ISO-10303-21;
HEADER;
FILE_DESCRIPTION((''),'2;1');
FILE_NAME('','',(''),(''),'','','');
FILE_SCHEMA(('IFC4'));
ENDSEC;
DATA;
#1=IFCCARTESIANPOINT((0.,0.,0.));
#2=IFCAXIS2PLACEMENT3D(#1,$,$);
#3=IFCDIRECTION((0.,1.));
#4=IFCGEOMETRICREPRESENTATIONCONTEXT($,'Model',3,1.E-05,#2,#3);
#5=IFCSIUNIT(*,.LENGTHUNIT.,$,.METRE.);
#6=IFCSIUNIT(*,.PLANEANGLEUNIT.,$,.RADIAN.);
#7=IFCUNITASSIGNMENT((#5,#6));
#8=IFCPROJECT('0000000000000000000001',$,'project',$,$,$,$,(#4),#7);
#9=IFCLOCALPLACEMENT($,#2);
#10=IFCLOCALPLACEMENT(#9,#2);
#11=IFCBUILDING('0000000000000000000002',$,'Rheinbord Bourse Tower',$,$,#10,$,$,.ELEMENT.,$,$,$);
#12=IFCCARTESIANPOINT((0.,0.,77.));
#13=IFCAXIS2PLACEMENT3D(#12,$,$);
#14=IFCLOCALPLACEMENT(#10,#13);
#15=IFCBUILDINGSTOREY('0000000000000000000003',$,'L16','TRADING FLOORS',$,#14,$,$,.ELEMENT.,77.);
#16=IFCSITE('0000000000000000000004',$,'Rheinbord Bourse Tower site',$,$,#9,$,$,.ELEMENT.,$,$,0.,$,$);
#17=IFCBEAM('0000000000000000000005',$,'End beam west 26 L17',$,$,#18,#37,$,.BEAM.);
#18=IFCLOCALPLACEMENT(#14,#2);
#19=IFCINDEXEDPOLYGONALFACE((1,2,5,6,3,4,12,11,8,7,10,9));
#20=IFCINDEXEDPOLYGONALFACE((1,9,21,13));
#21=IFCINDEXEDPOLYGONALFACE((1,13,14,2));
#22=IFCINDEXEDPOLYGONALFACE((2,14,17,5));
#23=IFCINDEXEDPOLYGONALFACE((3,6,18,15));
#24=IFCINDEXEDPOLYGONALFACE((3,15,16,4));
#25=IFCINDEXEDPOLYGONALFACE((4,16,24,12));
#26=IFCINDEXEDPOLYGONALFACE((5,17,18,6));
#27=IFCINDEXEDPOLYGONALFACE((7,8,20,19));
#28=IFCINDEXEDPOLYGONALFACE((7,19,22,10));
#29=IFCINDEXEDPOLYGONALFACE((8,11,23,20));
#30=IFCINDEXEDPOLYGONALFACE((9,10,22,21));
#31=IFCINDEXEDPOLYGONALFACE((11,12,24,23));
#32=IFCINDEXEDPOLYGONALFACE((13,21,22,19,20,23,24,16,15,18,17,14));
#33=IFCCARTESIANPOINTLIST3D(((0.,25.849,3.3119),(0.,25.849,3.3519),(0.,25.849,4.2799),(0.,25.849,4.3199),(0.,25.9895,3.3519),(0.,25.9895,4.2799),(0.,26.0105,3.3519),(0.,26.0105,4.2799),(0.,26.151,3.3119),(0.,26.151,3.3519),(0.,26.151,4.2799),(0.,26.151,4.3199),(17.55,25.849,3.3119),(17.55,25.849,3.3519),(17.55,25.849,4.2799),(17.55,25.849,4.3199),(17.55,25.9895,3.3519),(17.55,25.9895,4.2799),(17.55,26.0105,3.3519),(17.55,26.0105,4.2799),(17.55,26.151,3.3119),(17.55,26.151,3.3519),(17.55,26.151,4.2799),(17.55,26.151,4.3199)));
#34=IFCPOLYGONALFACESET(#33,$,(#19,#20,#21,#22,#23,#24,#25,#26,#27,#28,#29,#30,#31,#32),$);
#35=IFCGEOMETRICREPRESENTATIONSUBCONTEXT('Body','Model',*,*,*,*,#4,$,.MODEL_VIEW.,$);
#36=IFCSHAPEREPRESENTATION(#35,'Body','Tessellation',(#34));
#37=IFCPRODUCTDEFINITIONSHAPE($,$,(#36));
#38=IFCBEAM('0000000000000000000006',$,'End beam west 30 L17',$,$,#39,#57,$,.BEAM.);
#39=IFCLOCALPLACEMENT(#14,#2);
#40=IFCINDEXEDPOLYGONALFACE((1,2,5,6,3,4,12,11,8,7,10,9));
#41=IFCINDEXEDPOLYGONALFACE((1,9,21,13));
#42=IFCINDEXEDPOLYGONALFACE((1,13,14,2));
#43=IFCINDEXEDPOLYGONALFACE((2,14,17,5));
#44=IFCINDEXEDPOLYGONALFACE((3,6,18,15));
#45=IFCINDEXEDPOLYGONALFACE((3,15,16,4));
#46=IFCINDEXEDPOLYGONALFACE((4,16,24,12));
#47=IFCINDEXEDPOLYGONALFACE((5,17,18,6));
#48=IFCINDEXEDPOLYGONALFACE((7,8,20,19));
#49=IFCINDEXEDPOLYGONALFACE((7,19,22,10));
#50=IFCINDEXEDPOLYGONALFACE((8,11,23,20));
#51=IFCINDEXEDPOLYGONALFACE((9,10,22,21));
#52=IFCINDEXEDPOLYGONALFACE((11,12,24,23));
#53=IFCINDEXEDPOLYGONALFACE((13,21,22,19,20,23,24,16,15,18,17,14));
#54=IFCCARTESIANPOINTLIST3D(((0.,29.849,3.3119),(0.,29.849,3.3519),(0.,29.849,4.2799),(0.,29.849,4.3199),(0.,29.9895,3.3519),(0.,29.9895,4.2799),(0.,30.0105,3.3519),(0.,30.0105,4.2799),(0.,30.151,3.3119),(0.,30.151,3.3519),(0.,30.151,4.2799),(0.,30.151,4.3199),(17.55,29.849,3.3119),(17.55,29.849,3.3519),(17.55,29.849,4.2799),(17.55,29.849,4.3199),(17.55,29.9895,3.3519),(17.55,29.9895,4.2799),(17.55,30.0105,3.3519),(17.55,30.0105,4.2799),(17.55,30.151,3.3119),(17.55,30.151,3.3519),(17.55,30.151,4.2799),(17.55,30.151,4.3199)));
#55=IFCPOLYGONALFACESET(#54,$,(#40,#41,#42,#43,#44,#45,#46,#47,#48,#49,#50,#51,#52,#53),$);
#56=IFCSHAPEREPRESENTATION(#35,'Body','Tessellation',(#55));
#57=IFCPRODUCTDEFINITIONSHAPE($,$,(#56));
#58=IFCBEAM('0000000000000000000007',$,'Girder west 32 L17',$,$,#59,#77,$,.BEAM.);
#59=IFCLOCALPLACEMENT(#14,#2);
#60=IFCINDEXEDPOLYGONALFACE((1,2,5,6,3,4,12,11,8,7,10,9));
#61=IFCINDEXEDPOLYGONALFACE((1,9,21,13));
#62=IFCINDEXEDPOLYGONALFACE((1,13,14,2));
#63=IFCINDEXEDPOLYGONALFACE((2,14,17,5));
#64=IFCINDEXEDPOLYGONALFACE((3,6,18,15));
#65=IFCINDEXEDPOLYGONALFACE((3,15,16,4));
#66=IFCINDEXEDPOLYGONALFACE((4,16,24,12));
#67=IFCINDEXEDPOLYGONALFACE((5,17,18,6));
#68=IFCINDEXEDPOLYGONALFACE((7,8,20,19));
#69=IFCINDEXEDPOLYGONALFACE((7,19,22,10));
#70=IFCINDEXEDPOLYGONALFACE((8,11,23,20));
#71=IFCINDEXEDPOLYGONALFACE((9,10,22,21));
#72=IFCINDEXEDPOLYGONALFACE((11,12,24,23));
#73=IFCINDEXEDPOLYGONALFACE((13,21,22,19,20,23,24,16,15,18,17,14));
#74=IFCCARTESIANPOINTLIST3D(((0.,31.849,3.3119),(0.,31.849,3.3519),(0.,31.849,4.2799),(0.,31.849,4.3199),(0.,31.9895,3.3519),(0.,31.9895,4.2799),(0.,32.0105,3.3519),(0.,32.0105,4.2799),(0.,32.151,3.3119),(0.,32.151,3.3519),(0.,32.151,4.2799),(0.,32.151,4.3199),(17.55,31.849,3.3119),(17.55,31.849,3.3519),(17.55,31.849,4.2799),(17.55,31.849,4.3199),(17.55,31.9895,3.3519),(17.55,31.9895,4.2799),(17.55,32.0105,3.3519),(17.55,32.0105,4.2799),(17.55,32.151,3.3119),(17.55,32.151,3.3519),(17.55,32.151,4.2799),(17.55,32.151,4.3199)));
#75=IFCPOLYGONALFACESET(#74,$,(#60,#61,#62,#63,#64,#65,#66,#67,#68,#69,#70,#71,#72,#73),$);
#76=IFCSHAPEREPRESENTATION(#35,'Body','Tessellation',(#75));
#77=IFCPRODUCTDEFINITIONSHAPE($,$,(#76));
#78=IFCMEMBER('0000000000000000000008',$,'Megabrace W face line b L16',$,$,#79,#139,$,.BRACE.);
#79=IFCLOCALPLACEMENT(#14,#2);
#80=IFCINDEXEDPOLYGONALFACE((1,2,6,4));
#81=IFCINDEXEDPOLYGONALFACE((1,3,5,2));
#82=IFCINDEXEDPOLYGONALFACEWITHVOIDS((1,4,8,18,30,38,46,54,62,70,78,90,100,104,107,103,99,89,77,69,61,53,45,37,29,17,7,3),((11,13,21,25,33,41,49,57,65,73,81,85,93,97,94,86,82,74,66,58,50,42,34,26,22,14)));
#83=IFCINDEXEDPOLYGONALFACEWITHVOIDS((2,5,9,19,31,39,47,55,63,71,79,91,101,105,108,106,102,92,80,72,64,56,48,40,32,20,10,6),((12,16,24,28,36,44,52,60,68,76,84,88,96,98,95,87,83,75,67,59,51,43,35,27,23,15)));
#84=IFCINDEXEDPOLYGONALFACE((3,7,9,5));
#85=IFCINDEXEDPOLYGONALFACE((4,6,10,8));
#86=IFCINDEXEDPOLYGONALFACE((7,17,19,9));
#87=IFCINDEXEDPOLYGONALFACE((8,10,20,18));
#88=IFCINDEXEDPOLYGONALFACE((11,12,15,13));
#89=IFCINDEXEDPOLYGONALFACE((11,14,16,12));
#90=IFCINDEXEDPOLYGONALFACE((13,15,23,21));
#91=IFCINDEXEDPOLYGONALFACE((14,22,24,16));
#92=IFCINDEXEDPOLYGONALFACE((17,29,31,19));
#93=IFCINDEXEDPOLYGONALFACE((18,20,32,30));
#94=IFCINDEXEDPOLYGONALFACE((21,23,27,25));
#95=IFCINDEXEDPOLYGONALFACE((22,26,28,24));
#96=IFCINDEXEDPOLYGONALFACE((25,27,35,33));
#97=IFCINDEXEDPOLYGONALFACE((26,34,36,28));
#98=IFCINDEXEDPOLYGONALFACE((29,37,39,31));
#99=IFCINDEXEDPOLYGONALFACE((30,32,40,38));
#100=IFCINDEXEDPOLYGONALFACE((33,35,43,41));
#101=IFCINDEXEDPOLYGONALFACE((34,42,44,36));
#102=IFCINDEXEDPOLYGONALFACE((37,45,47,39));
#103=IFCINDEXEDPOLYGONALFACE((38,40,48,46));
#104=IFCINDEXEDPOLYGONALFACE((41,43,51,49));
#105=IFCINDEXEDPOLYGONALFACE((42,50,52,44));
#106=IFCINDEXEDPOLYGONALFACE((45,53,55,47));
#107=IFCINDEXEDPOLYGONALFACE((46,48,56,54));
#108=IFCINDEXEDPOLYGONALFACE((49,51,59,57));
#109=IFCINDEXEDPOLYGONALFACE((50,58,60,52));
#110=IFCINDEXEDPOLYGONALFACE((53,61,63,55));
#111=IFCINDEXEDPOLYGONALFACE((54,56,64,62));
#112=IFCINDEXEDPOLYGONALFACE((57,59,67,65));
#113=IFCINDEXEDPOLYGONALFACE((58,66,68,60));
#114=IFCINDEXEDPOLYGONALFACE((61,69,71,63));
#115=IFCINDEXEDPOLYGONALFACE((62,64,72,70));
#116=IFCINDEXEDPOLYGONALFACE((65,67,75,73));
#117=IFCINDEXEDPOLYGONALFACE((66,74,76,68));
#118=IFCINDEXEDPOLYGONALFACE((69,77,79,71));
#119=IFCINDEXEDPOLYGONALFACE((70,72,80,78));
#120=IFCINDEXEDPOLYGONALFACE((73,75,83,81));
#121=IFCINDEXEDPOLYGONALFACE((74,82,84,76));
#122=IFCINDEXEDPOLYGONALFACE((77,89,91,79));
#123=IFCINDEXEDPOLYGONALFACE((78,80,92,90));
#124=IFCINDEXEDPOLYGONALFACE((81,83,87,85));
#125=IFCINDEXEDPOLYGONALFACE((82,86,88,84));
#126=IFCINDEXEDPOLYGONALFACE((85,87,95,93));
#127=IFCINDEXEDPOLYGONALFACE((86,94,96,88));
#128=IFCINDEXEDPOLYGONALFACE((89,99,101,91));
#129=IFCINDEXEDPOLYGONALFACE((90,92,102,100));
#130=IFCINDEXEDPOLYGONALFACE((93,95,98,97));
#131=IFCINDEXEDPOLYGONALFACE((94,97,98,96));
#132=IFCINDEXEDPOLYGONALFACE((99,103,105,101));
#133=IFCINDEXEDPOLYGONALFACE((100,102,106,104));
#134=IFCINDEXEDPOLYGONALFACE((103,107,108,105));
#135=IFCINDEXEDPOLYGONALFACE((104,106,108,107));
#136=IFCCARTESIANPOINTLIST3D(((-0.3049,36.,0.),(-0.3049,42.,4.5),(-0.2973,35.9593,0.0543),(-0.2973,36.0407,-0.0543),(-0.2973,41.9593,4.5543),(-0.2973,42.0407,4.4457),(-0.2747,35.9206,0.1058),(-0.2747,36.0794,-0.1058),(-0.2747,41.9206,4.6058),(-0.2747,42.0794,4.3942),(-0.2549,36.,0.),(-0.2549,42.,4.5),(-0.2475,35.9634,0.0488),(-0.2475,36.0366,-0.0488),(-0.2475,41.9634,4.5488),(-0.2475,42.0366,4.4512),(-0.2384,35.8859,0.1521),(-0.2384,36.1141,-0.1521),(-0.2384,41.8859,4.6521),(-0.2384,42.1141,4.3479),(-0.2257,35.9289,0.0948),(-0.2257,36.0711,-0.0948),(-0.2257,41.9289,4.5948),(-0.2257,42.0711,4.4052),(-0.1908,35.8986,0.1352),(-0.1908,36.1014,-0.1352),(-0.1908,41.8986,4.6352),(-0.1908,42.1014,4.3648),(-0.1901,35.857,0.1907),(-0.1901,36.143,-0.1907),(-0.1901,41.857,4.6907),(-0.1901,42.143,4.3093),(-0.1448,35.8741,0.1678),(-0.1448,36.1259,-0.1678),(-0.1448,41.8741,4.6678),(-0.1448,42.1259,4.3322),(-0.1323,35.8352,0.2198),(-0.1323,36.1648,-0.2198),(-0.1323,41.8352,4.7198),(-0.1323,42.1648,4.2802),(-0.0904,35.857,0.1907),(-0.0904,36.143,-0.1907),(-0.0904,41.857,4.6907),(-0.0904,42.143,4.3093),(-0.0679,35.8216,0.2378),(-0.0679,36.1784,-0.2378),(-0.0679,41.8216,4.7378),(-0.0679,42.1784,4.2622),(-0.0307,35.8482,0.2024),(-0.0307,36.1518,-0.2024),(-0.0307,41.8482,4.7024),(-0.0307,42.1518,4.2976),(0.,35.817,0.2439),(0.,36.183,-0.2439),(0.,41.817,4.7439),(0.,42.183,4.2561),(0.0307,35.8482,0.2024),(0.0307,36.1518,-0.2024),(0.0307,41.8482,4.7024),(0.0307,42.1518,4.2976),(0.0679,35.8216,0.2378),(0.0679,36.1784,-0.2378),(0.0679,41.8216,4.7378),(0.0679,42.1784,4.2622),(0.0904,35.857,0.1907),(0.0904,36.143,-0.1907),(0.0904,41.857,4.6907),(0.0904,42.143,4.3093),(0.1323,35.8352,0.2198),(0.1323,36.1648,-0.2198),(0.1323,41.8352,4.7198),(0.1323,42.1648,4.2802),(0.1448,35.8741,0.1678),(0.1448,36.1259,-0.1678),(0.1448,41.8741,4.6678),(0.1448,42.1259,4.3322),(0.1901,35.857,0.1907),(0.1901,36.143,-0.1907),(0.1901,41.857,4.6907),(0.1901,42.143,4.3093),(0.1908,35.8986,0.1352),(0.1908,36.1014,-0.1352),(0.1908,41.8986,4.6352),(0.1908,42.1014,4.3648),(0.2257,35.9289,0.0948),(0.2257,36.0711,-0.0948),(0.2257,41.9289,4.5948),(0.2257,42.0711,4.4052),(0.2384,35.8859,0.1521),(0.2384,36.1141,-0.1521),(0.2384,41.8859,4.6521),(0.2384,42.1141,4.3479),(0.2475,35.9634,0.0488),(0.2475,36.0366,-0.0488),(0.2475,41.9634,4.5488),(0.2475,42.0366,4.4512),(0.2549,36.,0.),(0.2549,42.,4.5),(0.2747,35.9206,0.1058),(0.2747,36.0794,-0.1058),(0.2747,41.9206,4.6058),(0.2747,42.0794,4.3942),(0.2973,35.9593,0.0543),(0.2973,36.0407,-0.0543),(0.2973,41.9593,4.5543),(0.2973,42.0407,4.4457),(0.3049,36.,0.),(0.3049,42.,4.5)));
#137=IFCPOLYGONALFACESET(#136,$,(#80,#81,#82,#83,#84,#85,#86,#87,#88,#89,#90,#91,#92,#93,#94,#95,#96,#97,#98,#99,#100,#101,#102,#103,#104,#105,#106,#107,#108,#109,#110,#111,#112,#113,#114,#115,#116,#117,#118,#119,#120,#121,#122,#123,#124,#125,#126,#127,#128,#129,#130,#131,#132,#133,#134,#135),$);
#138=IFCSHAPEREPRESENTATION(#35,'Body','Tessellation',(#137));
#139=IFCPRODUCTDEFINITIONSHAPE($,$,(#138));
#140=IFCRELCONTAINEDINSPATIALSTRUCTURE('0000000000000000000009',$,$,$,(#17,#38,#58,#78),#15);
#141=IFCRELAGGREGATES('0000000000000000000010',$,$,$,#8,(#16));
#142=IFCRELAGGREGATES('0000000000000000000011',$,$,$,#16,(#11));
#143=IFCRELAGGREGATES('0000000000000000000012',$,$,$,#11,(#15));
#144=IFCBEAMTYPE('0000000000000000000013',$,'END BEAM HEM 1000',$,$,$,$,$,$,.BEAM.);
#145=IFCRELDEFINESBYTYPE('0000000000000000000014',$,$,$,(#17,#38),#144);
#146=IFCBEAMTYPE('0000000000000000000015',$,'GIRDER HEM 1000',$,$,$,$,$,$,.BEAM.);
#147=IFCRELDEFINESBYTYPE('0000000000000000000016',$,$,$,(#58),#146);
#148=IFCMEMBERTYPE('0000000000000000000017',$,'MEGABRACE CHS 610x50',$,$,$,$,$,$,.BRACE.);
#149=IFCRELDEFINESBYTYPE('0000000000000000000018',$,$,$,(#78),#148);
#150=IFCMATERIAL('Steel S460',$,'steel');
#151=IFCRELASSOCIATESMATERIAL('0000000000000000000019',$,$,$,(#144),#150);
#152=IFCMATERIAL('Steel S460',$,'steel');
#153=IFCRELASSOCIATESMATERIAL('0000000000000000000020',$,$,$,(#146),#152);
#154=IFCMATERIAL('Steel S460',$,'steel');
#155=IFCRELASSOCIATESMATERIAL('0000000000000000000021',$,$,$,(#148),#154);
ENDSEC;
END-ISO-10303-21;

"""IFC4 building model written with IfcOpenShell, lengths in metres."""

from ifc_helpers import new_model, si_unit, direction, frame, origin, origin_2d, place, context, subcontext, project, spatial, hollow_circle, i_section, extrude, material, material_profile, profile_set, type_object, element, save


model = new_model("IFC4")

# Units and contexts
model_context = context("Model", 3, precision=1e-05, world=origin(), true_north=direction((0.0, 1.0)))
body_context = subcontext(model_context, "Body", "Model", "MODEL_VIEW")
ifc_project = project(units=[si_unit("LENGTHUNIT", "METRE"), si_unit("PLANEANGLEUNIT", "RADIAN")], contexts=[model_context])

# Site, building, storey
site_placement = place(None, origin())
site = spatial("IfcSite", under=ifc_project, at=site_placement, Name="Rheinbord Bourse Tower site", CompositionType="ELEMENT", RefElevation=0.0)
building_placement = place(site_placement, origin())
building = spatial("IfcBuilding", under=site, at=building_placement, Name="Rheinbord Bourse Tower", CompositionType="ELEMENT")
storey_placement = place(building_placement, frame((0.0, 0.0, 77.0)))
storey = spatial("IfcBuildingStorey", under=building, at=storey_placement, Name="L16", Description="TRADING FLOORS", CompositionType="ELEMENT", Elevation=77.0)

# Beams
ifc_material_1 = material(Name="Steel S460", Category="steel")
ifc_material_profile_1 = material_profile(ifc_material_1, i_section(OverallWidth=0.302, OverallDepth=1.0081, WebThickness=0.021, FlangeThickness=0.04, at=origin_2d()), Name="HEM 1000")
ifc_profile_set_1 = profile_set([ifc_material_profile_1], Name="Steel S460")
beam_type_1 = type_object("IfcBeamType", Name="END BEAM HEM 1000", PredefinedType="BEAM", material=ifc_profile_set_1)
for number, where, z_axis, x_axis, name in (
    (1, (0.0, 26.0, 3.8159), (1.0, 0.0, 0.0), (0.0, 1.0, 0.0), "End beam west 26 L17"),
    (2, (0.0, 30.0, 3.8159), (1.0, 0.0, 0.0), (0.0, 1.0, 0.0), "End beam west 30 L17"),
):
    element("IfcBeam", number, at=place(storey_placement, frame(where, z_axis=z_axis, x_axis=x_axis)), inside=storey, type_object=beam_type_1, Name=name, PredefinedType="BEAM", context=body_context, shape_type="SweptSolid", body=[
        extrude(i_section(OverallWidth=0.302, OverallDepth=1.0081, WebThickness=0.021, FlangeThickness=0.04, at=origin_2d()), origin(), (0.0, 0.0, 1.0), 17.55),
    ])
ifc_material_2 = material(Name="Steel S460", Category="steel")
ifc_material_profile_2 = material_profile(ifc_material_2, i_section(OverallWidth=0.302, OverallDepth=1.0081, WebThickness=0.021, FlangeThickness=0.04, at=origin_2d()), Name="HEM 1000")
ifc_profile_set_2 = profile_set([ifc_material_profile_2], Name="Steel S460")
beam_type_2 = type_object("IfcBeamType", Name="GIRDER HEM 1000", PredefinedType="BEAM", material=ifc_profile_set_2)
beam_placement = place(storey_placement, frame((0.0, 32.0, 3.8159), z_axis=(1.0, 0.0, 0.0), x_axis=(0.0, 1.0, 0.0)))
element("IfcBeam", 3, at=beam_placement, inside=storey, type_object=beam_type_2, Name="Girder west 32 L17", PredefinedType="BEAM", context=body_context, shape_type="SweptSolid", body=[
    extrude(i_section(OverallWidth=0.302, OverallDepth=1.0081, WebThickness=0.021, FlangeThickness=0.04, at=origin_2d()), origin(), (0.0, 0.0, 1.0), 17.55),
])

# Member
ifc_material_3 = material(Name="Steel S460", Category="steel")
ifc_material_profile_3 = material_profile(ifc_material_3, hollow_circle(Radius=0.3049, WallThickness=0.05, at=origin_2d()), Name="CHS 610x50")
ifc_profile_set_3 = profile_set([ifc_material_profile_3], Name="Steel S460")
member_type_1 = type_object("IfcMemberType", Name="MEGABRACE CHS 610x50", PredefinedType="BRACE", material=ifc_profile_set_3)
member_1_placement = place(storey_placement, frame((0.0, 36.0, 0.0), z_axis=(0.0, 0.8, 0.6), x_axis=(-1.0, 0.0, 0.0)))
element("IfcMember", 4, at=member_1_placement, inside=storey, type_object=member_type_1, Name="Megabrace W face line b L16", PredefinedType="BRACE", context=body_context, shape_type="SweptSolid", body=[
    extrude(hollow_circle(Radius=0.3049, WallThickness=0.05, at=origin_2d()), origin(), (0.0, 0.0, 1.0), 7.5),
])

save(model, "model.ifc")
